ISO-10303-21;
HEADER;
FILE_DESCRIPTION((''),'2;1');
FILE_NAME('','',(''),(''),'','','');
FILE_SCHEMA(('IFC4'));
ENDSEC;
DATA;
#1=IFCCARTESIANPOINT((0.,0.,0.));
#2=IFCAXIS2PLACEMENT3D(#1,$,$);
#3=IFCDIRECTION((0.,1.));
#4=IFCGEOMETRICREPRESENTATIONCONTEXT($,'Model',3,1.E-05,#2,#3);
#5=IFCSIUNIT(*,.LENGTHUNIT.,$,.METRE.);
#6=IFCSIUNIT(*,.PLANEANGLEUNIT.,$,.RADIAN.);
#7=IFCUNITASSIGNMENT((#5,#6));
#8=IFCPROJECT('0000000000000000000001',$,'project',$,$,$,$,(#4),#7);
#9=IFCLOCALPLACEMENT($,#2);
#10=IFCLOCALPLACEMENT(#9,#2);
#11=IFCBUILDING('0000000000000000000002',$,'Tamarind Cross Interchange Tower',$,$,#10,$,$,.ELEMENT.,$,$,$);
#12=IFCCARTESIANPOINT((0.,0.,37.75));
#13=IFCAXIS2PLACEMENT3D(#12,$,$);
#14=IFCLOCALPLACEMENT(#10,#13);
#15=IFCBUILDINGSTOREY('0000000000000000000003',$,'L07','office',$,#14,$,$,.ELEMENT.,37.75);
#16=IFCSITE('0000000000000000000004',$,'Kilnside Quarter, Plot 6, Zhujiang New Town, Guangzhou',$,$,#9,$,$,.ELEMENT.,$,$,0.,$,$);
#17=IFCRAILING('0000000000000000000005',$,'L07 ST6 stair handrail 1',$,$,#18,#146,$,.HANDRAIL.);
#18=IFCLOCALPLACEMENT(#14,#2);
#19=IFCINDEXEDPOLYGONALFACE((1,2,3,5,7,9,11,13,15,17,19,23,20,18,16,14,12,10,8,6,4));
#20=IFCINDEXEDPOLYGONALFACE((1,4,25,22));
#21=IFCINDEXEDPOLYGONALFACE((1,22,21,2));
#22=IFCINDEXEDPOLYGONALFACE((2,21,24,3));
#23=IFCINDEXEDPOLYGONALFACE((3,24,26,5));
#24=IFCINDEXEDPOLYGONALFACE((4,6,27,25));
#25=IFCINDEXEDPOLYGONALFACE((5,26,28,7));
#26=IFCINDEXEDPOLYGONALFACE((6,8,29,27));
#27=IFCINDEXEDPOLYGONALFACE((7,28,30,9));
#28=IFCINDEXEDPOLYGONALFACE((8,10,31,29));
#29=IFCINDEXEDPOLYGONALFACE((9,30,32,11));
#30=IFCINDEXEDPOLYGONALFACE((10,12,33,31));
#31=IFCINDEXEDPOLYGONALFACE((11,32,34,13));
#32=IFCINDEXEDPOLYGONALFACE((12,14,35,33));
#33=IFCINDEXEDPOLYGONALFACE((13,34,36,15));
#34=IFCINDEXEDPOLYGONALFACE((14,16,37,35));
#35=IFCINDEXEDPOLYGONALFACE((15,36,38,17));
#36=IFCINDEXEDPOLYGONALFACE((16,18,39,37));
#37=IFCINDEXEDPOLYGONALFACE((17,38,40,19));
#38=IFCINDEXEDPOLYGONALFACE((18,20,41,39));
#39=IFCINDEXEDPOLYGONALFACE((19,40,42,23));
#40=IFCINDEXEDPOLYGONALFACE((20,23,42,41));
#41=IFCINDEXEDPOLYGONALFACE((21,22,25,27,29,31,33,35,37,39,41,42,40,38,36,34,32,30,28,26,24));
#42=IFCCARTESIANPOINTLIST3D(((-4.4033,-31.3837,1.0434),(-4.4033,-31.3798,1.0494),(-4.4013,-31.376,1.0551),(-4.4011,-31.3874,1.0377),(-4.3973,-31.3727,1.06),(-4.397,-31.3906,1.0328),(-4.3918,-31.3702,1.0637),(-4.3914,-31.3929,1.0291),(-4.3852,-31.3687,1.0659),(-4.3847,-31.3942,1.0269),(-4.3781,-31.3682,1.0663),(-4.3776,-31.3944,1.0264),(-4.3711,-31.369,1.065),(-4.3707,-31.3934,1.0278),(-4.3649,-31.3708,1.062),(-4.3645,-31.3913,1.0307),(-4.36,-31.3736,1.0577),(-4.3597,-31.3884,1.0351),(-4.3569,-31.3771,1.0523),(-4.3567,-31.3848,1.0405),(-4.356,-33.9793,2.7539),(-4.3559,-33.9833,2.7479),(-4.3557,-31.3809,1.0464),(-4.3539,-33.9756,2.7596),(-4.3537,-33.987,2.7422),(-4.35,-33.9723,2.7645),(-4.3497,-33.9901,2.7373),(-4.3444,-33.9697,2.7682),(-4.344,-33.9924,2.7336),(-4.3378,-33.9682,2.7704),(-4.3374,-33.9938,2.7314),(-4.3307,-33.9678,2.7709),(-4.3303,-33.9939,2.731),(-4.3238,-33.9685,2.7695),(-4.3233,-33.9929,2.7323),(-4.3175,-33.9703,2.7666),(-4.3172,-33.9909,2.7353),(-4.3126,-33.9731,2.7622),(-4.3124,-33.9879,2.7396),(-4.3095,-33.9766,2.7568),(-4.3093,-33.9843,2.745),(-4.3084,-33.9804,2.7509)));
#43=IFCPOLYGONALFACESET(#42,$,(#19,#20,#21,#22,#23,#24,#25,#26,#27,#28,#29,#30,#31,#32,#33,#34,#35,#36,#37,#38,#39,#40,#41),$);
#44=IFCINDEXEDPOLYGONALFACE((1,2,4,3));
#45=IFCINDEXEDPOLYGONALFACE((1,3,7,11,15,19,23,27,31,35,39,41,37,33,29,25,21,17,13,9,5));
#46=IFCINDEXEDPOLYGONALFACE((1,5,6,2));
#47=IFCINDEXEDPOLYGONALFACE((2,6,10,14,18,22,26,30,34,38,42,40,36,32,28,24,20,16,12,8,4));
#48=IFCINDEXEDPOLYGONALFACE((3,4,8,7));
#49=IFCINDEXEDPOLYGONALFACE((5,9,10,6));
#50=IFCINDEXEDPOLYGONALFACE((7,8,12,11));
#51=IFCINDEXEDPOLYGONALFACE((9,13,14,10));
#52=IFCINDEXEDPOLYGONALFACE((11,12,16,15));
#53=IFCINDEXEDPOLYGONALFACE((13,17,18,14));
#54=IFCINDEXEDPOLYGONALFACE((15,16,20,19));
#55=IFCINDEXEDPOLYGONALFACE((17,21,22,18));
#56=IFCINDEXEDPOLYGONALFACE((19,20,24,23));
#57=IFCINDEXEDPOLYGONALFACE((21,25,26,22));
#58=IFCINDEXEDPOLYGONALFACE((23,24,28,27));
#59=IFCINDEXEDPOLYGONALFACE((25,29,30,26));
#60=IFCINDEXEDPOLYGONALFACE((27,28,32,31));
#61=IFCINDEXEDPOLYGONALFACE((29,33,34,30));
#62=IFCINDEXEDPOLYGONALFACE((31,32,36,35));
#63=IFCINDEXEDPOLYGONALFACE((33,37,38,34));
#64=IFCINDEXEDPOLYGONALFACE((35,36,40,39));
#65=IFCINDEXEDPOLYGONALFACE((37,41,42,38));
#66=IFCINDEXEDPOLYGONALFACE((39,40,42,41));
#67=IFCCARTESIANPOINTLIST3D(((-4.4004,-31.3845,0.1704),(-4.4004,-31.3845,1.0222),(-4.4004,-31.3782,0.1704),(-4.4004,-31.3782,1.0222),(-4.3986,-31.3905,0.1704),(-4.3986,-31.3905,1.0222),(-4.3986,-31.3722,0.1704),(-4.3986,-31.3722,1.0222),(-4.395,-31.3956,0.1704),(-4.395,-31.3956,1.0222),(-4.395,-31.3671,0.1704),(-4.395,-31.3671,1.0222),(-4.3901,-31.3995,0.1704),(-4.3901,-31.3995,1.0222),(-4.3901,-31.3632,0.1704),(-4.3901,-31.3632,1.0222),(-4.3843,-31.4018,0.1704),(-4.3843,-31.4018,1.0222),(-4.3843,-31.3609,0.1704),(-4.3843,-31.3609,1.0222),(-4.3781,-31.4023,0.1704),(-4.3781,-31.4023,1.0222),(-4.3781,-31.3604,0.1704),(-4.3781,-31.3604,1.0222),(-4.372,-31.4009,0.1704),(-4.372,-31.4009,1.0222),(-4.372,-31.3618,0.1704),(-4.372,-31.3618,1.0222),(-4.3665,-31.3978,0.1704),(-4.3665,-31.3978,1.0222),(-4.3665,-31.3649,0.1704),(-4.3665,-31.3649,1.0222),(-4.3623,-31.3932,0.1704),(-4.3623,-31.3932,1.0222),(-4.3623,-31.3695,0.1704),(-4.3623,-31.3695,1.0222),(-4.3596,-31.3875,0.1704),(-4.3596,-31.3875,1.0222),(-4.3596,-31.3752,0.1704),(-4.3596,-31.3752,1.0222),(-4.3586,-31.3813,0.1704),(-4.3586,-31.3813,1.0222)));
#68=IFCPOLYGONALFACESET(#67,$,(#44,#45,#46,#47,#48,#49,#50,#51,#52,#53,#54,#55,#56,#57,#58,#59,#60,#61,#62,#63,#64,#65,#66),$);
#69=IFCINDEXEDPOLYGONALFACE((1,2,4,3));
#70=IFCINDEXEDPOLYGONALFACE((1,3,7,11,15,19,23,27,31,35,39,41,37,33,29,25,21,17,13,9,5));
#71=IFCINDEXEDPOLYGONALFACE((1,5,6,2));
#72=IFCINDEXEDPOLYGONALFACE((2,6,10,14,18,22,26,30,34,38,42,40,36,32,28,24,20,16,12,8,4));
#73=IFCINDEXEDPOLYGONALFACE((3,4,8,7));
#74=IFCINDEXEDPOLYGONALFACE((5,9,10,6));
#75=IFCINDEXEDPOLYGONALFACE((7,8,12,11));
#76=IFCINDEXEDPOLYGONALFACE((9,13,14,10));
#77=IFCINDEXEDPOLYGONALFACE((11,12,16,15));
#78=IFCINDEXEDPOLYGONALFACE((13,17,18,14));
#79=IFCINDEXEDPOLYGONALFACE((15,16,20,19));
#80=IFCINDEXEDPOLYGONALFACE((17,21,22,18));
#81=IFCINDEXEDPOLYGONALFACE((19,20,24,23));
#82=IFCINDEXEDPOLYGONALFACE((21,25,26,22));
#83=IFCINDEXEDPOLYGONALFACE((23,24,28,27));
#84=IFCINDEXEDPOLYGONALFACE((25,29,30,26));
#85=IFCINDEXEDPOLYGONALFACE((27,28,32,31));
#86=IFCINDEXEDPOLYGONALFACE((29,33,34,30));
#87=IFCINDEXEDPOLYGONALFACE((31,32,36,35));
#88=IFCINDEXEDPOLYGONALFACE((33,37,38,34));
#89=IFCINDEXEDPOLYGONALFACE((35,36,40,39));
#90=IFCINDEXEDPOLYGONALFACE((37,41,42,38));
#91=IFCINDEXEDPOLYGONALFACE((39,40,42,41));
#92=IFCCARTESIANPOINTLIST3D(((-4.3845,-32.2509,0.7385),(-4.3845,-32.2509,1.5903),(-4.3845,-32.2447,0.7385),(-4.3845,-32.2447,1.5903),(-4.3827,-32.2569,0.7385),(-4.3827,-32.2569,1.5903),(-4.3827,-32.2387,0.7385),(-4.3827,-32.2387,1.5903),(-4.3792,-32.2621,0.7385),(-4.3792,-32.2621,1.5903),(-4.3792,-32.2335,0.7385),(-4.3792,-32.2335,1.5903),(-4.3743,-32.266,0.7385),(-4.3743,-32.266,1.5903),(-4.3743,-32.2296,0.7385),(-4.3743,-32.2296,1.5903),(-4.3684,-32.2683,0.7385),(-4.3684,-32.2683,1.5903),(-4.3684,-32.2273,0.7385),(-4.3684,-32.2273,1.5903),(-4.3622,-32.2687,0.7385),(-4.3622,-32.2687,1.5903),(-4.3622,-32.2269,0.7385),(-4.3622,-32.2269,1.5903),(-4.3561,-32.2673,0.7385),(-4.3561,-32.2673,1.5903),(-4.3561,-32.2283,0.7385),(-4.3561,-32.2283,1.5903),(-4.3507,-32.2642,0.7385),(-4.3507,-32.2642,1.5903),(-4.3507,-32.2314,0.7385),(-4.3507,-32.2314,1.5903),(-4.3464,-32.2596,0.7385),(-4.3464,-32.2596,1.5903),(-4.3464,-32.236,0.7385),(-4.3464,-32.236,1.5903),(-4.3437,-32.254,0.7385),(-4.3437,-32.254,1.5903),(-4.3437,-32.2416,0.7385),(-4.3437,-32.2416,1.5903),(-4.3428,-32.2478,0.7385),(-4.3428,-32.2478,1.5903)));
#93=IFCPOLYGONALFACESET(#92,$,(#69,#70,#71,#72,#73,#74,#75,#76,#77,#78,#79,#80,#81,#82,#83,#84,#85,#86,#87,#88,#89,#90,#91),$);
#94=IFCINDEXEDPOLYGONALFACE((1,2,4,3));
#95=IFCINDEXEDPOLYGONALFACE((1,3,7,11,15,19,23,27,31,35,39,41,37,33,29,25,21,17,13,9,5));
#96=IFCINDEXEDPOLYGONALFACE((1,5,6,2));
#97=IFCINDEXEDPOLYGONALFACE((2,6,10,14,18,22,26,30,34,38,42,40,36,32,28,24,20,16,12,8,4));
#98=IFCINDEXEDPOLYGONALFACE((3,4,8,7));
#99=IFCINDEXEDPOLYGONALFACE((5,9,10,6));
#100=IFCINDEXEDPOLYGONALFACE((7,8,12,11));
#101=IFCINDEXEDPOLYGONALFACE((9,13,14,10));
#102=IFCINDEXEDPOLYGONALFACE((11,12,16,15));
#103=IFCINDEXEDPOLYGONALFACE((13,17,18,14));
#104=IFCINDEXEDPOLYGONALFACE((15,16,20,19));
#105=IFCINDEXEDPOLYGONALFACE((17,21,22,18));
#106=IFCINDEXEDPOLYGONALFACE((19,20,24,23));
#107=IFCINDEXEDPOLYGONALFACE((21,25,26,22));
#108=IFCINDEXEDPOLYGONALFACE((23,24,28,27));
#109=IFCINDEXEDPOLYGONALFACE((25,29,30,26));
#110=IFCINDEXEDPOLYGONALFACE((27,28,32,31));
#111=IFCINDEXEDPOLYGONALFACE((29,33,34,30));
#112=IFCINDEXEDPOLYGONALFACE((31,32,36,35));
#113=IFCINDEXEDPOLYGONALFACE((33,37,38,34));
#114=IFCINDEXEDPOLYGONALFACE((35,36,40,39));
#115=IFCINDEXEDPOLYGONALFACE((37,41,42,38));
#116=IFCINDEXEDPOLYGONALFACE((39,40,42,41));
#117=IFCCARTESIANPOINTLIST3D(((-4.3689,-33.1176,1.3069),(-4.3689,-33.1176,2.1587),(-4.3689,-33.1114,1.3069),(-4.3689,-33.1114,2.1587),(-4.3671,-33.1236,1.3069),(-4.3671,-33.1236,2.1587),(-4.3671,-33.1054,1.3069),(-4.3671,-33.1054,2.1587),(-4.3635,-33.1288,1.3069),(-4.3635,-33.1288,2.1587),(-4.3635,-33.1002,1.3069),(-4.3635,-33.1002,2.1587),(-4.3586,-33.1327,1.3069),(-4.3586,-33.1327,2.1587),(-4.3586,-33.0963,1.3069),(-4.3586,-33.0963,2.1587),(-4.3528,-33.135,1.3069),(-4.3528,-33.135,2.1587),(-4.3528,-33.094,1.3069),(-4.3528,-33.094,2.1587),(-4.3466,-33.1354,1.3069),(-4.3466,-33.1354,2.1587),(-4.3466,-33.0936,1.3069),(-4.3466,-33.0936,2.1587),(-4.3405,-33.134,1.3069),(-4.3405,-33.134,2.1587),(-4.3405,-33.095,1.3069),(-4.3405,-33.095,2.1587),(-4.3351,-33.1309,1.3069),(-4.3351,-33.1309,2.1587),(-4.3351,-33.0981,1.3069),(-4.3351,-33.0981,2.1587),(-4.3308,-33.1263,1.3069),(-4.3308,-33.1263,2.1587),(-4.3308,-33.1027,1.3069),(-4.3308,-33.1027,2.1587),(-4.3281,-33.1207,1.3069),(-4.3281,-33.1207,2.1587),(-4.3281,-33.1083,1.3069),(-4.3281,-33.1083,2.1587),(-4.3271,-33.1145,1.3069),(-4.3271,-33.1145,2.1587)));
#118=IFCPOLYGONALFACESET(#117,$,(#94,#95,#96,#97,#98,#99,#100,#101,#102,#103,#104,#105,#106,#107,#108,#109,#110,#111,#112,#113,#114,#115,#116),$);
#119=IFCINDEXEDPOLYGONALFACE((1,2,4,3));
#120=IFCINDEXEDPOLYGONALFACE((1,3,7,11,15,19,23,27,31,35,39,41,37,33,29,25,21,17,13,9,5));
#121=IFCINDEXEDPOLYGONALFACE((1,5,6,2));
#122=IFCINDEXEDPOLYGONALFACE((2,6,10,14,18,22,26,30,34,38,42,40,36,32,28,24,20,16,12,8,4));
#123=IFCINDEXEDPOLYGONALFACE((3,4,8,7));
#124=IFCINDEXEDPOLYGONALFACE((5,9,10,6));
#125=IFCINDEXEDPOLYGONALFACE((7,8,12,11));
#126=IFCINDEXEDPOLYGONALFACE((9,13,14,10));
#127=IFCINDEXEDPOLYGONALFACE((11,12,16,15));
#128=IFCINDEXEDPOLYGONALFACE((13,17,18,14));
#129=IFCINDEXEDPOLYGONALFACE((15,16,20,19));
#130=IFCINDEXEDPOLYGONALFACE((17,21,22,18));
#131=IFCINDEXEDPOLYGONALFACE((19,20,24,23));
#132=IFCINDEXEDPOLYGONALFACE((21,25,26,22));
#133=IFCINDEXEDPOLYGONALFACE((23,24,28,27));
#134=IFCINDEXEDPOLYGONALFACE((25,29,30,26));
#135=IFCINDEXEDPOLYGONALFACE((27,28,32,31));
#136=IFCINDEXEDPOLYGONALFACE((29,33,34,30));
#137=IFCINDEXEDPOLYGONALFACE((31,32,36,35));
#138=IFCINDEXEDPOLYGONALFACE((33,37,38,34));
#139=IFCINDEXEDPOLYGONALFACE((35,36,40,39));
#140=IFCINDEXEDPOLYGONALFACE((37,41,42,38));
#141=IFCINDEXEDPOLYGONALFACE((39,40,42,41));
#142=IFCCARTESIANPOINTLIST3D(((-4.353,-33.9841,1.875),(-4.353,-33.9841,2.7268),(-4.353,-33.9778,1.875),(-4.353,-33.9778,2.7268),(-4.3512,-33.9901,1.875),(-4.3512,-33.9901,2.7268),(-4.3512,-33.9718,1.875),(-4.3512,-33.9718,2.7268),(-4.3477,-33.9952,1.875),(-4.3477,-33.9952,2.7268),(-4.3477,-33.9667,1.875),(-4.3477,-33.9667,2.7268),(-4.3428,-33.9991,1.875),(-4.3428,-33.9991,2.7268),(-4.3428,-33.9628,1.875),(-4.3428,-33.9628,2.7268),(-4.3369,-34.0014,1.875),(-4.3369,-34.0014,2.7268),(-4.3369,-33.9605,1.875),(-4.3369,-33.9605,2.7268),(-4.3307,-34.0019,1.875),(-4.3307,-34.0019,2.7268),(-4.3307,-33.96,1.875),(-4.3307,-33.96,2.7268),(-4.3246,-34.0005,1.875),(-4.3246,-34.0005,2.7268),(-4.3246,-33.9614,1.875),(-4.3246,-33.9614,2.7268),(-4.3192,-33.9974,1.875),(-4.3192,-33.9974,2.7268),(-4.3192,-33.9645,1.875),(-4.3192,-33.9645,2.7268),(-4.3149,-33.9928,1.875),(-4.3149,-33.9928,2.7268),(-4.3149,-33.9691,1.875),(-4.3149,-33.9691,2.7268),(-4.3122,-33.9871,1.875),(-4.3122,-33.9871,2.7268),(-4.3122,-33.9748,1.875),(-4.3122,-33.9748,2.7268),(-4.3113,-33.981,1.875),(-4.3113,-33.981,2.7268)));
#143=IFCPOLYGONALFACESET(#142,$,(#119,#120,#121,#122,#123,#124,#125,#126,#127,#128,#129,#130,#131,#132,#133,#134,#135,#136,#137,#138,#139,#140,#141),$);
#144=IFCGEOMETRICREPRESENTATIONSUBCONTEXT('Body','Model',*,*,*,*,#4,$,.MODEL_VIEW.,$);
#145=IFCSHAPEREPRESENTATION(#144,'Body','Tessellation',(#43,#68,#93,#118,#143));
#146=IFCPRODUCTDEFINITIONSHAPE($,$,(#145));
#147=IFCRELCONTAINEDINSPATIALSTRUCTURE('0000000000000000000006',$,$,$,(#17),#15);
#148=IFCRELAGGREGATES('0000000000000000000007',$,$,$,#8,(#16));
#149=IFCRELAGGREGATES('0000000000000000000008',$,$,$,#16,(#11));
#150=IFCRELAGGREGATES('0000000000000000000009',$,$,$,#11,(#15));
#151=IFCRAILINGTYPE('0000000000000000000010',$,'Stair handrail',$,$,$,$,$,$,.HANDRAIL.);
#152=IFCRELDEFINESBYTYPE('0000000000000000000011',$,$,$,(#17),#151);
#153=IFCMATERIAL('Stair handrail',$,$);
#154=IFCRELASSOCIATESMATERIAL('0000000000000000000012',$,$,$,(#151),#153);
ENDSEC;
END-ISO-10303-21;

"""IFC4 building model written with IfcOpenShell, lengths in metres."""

from ifc_helpers import new_model, si_unit, direction, frame, origin, origin_2d, place, context, subcontext, project, spatial, circle, extrude, material, type_object, element, save


model = new_model("IFC4")

# Units and contexts
model_context = context("Model", 3, precision=1e-05, world=origin(), true_north=direction((0.0, 1.0)))
body_context = subcontext(model_context, "Body", "Model", "MODEL_VIEW")
ifc_project = project(units=[si_unit("LENGTHUNIT", "METRE"), si_unit("PLANEANGLEUNIT", "RADIAN")], contexts=[model_context])

# Site, building, storey
site_placement = place(None, origin())
site = spatial("IfcSite", under=ifc_project, at=site_placement, Name="Kilnside Quarter, Plot 6, Zhujiang New Town, Guangzhou", CompositionType="ELEMENT", RefElevation=0.0)
building_placement = place(site_placement, origin())
building = spatial("IfcBuilding", under=site, at=building_placement, Name="Tamarind Cross Interchange Tower", CompositionType="ELEMENT")
storey_placement = place(building_placement, frame((0.0, 0.0, 37.75)))
storey = spatial("IfcBuildingStorey", under=building, at=storey_placement, Name="L07", Description="office", CompositionType="ELEMENT", Elevation=37.75)

# Railing
ifc_material_1 = material(Name="Stair handrail")
railing_type_1 = type_object("IfcRailingType", Name="Stair handrail", PredefinedType="HANDRAIL", material=ifc_material_1)
railing_1_placement = place(storey_placement, frame((-4.3796, -31.3813, 0.1704)))
element("IfcRailing", 1, at=railing_1_placement, inside=storey, type_object=railing_type_1, Name="L07 ST6 stair handrail 1", PredefinedType="HANDRAIL", context=body_context, shape_type="SweptSolid", body=[
    extrude(circle(Radius=0.0239, at=origin_2d()), frame((0.0, 0.0, 0.876), z_axis=(0.015234, -0.836158, 0.548277), x_axis=(0.999834, 0.018216, 0.0)), (0.0, 0.0, 1.0), 3.1089),
    extrude(circle(Radius=0.021, at=origin_2d()), origin(), (0.0, 0.0, 1.0), 0.8518),
    extrude(circle(Radius=0.021, at=origin_2d()), frame((0.0159, -0.8665, 0.5681)), (0.0, 0.0, 1.0), 0.8518),
    extrude(circle(Radius=0.021, at=origin_2d()), frame((0.0315, -1.7332, 1.1365)), (0.0, 0.0, 1.0), 0.8518),
    extrude(circle(Radius=0.021, at=origin_2d()), frame((0.0474, -2.5996, 1.7046)), (0.0, 0.0, 1.0), 0.8518),
])

save(model, "model.ifc")
